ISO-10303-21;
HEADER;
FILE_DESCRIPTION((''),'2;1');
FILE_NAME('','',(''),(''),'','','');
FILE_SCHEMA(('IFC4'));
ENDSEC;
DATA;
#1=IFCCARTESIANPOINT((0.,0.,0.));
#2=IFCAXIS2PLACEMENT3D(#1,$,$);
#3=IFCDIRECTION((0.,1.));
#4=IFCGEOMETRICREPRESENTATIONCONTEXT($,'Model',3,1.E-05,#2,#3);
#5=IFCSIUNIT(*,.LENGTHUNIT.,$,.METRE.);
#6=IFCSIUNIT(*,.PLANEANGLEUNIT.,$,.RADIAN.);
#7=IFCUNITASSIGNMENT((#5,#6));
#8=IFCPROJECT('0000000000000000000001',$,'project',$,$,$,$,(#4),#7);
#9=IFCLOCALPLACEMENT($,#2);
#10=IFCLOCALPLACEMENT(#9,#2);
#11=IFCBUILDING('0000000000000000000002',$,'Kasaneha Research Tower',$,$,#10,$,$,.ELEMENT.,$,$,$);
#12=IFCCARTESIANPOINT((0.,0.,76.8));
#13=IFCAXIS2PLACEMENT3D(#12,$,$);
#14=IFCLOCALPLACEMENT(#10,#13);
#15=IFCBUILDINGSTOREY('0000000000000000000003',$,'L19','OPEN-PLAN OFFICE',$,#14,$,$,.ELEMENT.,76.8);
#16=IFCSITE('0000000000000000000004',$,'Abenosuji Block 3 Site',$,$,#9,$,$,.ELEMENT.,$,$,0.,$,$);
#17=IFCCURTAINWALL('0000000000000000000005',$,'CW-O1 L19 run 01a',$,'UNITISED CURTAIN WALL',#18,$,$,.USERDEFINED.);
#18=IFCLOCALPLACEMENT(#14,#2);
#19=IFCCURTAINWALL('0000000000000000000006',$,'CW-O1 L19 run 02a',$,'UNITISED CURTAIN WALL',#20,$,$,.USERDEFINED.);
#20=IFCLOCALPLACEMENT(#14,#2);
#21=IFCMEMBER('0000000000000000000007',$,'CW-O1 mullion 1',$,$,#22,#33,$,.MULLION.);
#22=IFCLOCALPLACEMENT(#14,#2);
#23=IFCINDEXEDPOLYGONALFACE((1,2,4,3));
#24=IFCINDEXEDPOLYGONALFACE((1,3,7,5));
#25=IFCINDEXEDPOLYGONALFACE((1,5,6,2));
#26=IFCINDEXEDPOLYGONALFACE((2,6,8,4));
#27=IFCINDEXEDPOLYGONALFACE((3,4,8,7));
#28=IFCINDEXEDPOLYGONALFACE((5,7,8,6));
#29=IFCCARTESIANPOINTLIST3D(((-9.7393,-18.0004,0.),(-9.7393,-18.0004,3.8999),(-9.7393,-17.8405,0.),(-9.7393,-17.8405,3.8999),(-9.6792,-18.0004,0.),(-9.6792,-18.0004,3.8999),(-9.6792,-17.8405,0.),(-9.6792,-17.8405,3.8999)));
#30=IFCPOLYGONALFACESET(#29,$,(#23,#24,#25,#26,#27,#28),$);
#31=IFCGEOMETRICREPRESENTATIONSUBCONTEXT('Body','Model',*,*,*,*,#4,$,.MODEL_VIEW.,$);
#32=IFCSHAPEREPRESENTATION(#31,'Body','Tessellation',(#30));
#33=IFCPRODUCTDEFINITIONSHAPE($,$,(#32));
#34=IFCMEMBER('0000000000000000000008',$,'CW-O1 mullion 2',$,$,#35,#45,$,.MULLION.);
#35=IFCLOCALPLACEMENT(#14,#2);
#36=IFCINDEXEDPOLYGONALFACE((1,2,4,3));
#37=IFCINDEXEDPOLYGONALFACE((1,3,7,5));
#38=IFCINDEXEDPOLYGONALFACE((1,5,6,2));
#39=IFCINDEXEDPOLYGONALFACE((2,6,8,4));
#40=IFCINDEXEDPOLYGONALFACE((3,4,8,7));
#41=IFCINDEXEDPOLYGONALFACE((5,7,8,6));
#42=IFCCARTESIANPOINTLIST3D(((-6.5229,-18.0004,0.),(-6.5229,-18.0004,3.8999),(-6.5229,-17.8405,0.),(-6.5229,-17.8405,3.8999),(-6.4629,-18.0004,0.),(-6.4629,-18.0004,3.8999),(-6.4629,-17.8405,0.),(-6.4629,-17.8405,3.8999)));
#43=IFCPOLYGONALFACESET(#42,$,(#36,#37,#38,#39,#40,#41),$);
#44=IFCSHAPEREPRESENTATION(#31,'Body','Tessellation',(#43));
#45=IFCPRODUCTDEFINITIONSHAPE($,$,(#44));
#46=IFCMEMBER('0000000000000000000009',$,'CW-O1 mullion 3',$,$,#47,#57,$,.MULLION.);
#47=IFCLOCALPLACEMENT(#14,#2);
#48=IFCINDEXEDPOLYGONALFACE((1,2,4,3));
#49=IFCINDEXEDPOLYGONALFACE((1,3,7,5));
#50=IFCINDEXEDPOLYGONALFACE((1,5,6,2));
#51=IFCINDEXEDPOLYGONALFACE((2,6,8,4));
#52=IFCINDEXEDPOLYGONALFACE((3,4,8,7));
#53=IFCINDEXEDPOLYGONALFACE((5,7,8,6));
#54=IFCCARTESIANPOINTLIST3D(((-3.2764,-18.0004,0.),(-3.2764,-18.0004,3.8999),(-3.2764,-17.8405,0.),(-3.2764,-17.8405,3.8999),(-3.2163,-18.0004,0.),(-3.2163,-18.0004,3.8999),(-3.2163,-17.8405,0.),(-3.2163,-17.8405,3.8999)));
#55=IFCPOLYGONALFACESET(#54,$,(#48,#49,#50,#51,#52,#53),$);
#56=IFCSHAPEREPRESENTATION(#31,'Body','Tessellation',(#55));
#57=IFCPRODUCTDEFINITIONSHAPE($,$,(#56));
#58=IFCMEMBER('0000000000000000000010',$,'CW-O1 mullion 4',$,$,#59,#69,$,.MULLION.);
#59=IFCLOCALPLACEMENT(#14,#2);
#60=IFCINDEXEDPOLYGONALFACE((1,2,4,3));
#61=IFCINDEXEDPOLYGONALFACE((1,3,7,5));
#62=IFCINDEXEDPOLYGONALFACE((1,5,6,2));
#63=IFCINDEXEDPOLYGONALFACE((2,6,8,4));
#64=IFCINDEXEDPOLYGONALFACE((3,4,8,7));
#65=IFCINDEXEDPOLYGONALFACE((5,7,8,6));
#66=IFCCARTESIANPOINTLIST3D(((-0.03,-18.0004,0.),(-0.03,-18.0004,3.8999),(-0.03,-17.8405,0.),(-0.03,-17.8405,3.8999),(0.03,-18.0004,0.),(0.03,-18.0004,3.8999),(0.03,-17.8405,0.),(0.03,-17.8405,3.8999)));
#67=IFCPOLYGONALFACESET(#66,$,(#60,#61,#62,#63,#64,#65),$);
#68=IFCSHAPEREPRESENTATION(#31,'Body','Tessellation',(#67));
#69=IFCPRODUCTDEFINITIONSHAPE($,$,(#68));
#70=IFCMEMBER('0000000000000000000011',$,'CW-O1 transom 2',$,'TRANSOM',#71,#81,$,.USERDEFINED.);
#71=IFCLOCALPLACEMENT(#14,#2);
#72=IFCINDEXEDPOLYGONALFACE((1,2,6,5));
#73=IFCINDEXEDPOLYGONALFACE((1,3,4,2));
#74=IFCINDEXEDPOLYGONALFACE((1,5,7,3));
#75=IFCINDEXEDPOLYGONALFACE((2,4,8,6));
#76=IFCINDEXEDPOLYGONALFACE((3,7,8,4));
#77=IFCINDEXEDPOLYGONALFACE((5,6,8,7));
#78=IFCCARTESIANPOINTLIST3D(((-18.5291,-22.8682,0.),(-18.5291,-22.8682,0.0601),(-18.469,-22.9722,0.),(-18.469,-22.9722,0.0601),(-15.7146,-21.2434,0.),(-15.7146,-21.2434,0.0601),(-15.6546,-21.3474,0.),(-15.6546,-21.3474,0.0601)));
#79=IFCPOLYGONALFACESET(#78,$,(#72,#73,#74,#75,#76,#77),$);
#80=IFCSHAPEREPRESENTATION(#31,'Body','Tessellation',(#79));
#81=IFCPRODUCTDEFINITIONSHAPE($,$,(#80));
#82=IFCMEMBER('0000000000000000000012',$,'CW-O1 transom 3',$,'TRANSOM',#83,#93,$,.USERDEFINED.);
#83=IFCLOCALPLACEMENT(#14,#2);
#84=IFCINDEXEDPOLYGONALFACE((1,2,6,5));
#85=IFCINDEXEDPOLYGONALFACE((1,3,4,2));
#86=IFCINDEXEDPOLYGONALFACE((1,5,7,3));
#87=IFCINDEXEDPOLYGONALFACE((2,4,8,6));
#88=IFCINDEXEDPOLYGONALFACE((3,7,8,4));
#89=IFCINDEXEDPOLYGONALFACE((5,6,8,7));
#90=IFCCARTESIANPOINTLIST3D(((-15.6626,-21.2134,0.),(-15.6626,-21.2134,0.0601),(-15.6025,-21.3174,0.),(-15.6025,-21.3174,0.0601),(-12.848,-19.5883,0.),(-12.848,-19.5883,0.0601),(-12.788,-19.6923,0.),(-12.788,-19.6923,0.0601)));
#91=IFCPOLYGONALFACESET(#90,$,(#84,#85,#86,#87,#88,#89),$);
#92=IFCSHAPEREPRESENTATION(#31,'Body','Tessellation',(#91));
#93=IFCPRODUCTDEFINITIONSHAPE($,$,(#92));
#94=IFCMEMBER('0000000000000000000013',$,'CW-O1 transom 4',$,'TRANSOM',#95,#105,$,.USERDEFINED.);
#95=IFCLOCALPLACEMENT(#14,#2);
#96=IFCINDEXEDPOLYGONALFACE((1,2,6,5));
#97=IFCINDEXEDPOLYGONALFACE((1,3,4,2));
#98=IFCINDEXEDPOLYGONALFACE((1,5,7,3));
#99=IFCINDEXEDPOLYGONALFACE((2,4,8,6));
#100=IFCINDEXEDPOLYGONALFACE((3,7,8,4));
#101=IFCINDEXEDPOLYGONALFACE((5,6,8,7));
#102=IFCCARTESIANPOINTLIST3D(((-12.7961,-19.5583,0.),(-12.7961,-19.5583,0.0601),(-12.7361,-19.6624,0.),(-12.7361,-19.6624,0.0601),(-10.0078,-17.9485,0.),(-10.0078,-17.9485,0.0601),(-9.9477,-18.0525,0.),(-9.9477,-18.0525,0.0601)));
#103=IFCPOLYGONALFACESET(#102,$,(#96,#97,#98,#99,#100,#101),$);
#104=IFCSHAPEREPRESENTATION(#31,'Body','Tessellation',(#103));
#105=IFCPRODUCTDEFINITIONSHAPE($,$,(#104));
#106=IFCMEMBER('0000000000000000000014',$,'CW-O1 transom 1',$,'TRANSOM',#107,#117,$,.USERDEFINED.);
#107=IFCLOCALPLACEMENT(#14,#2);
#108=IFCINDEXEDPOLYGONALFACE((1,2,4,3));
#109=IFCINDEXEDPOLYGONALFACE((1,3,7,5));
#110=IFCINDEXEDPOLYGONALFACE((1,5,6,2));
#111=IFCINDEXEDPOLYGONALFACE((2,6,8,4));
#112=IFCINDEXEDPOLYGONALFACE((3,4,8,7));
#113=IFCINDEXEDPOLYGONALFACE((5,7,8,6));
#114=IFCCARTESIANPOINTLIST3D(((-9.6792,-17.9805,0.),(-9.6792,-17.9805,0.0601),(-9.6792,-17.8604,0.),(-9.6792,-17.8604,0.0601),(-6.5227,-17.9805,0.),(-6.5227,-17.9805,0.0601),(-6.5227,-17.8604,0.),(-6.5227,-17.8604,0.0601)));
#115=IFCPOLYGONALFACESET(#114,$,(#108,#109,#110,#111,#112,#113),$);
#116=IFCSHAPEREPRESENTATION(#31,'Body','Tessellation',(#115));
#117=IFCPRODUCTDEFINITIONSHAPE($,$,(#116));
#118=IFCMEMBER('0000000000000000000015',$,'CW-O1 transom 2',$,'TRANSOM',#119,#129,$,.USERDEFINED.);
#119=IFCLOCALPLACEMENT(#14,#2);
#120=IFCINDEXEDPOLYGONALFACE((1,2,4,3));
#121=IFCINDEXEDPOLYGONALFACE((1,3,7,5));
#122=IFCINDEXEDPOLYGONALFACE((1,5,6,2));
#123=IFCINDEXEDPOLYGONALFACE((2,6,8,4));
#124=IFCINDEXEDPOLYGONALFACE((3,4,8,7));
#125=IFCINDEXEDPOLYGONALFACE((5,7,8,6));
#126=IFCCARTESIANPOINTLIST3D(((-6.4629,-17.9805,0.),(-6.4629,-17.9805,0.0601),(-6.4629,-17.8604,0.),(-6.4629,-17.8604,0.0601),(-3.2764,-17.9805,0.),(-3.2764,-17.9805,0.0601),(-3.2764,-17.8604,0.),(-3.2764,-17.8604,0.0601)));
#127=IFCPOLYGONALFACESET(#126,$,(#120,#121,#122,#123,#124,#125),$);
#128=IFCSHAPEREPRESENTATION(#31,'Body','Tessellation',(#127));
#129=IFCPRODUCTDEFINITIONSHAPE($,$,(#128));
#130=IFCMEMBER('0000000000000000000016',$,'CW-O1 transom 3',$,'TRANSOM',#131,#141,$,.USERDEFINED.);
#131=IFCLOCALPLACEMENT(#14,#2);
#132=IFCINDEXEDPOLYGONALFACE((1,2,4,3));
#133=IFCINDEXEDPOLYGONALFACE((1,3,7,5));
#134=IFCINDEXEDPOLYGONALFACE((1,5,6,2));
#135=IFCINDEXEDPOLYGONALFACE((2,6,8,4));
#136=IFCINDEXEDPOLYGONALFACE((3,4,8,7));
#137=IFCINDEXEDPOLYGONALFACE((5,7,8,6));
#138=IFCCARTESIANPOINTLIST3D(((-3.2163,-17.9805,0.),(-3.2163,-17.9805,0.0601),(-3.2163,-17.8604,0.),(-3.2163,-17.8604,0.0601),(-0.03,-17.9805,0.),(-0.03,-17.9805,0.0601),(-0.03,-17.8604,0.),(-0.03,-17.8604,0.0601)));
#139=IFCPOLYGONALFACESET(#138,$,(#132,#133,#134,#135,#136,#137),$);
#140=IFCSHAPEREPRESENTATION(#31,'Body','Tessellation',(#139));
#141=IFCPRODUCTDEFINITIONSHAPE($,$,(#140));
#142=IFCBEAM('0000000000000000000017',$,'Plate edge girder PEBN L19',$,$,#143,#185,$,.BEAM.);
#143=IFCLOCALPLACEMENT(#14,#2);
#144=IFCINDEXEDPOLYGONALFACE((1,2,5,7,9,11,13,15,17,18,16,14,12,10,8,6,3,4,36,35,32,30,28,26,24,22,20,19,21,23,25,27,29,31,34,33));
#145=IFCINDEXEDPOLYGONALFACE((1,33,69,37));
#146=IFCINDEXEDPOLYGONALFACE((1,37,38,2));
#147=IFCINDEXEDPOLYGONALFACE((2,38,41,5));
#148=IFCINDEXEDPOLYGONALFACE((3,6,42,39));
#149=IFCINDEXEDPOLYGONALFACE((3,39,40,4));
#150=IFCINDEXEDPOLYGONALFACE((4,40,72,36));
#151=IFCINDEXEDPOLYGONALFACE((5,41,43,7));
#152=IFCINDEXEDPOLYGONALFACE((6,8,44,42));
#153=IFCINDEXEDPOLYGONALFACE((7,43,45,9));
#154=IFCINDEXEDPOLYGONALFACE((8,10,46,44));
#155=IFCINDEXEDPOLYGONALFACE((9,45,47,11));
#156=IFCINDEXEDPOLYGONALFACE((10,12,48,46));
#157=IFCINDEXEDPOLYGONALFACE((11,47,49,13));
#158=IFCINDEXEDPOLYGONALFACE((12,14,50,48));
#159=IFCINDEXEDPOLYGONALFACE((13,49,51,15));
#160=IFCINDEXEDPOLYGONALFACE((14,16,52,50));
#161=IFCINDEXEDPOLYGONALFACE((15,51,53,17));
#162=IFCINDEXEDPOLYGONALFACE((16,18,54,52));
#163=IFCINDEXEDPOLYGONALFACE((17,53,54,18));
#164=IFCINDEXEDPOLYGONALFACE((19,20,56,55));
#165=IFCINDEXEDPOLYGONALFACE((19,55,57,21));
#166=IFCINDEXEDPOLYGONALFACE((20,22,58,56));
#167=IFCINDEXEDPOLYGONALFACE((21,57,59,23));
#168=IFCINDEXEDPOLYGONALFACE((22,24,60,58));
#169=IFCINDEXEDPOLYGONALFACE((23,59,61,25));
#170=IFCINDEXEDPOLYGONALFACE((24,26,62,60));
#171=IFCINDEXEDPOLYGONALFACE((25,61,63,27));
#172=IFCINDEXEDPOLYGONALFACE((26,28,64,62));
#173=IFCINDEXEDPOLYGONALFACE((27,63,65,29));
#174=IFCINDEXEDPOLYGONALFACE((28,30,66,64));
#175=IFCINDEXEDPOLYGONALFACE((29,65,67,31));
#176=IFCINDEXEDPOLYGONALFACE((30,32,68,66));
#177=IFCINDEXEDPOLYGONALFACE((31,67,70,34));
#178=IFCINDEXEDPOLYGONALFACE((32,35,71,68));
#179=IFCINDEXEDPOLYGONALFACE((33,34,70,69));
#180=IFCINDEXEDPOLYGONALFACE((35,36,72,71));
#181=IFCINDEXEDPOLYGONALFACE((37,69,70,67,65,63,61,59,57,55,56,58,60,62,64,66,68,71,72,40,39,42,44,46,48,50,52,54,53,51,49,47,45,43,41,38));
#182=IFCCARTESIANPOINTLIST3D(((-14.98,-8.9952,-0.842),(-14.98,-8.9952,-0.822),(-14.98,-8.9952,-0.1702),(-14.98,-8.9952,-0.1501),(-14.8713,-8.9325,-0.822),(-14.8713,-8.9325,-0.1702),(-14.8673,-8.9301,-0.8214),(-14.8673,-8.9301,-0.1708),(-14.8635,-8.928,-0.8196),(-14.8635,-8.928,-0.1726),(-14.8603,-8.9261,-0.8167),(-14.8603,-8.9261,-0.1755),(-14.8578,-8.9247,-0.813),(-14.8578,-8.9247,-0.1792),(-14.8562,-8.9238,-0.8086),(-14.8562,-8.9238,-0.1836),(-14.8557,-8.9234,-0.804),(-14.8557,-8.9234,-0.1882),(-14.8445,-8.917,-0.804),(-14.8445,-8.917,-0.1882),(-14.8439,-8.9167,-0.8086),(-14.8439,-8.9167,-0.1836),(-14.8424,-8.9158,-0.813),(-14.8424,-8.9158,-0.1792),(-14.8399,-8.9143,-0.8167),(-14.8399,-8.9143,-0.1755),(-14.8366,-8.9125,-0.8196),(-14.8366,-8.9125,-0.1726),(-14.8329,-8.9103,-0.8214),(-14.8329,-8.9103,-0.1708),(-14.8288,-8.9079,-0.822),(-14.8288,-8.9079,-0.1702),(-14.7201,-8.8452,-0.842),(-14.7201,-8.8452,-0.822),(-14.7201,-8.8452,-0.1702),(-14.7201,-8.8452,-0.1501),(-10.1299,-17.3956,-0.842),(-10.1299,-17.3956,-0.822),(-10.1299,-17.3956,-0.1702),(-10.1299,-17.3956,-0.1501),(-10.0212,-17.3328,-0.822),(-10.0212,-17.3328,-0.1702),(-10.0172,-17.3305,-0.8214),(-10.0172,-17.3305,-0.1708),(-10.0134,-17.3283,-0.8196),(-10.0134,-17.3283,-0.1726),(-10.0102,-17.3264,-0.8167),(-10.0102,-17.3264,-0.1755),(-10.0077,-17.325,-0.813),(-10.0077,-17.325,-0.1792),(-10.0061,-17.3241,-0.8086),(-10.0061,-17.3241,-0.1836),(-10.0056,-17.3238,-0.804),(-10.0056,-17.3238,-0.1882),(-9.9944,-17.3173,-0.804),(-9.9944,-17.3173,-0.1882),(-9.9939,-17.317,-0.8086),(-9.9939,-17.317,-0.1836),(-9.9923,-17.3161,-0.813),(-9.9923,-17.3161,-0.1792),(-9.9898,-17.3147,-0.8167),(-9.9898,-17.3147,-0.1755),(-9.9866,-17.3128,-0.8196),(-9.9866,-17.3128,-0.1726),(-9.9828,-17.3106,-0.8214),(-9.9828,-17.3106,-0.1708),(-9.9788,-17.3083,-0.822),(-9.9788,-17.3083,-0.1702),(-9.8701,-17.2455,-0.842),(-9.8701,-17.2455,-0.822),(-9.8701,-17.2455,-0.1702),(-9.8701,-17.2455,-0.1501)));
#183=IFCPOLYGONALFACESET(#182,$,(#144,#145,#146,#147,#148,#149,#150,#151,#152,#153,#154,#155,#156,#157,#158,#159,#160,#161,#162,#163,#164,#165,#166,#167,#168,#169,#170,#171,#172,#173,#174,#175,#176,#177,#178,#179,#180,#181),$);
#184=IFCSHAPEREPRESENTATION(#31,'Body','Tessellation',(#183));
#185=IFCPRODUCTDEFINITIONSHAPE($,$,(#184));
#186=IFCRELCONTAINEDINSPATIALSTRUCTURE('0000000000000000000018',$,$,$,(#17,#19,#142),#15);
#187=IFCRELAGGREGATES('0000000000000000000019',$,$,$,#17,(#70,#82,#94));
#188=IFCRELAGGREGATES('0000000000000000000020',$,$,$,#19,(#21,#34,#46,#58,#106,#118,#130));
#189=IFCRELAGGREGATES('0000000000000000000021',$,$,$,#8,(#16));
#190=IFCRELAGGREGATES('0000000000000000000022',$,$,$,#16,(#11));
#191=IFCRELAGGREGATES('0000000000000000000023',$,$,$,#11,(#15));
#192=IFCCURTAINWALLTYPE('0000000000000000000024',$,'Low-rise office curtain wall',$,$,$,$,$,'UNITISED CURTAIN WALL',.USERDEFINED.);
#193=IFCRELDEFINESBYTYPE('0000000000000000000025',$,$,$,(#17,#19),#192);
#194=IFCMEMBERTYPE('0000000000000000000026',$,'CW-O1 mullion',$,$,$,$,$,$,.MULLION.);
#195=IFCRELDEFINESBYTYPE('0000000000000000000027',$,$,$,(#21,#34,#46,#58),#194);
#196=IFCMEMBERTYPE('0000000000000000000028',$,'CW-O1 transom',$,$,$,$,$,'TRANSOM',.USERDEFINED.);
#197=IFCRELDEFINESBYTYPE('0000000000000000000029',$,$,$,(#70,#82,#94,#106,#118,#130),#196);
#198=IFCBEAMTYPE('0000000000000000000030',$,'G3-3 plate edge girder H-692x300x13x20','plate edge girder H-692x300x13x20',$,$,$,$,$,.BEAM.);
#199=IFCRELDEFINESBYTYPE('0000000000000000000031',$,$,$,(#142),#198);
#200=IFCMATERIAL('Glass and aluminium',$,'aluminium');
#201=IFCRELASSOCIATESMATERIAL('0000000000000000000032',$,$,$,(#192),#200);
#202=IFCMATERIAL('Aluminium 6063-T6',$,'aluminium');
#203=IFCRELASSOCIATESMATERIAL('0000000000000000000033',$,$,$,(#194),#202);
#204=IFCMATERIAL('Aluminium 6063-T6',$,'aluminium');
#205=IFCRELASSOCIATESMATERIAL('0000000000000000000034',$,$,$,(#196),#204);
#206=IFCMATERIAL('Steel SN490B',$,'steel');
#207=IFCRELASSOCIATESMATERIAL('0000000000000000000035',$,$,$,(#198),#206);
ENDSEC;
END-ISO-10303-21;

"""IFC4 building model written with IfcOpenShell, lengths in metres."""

from ifc_helpers import new_model, si_unit, direction, frame, origin, origin_2d, place, context, subcontext, project, spatial, rectangle, i_section, extrude, material, material_profile, profile_set, type_object, element, aggregate, save


model = new_model("IFC4")

# Units and contexts
model_context = context("Model", 3, precision=1e-05, world=origin(), true_north=direction((0.0, 1.0)))
body_context = subcontext(model_context, "Body", "Model", "MODEL_VIEW")
ifc_project = project(units=[si_unit("LENGTHUNIT", "METRE"), si_unit("PLANEANGLEUNIT", "RADIAN")], contexts=[model_context])

# Site, building, storey
site_placement = place(None, origin())
site = spatial("IfcSite", under=ifc_project, at=site_placement, Name="Abenosuji Block 3 Site", CompositionType="ELEMENT", RefElevation=0.0)
building_placement = place(site_placement, origin())
building = spatial("IfcBuilding", under=site, at=building_placement, Name="Kasaneha Research Tower", CompositionType="ELEMENT")
storey_placement = place(building_placement, frame((0.0, 0.0, 76.8)))
storey = spatial("IfcBuildingStorey", under=building, at=storey_placement, Name="L19", Description="OPEN-PLAN OFFICE", CompositionType="ELEMENT", Elevation=76.8)

# Curtain walls, members
ifc_material_1 = material(Name="Glass and aluminium", Category="aluminium")
curtain_wall_type = type_object("IfcCurtainWallType", Name="Low-rise office curtain wall", ElementType="UNITISED CURTAIN WALL", PredefinedType="USERDEFINED", material=ifc_material_1)
curtain_wall_1_placement = place(storey_placement, origin())
curtain_wall_1 = element("IfcCurtainWall", 1, at=curtain_wall_1_placement, inside=storey, type_object=curtain_wall_type, Name="CW-O1 L19 run 01a", ObjectType="UNITISED CURTAIN WALL", PredefinedType="USERDEFINED")
ifc_material_2 = material(Name="Aluminium 6063-T6", Category="aluminium")
ifc_material_profile_1 = material_profile(ifc_material_2, rectangle(XDim=0.0601, YDim=0.1599, at=origin_2d()), Name="CW-O1 mullion 60x160")
ifc_profile_set_1 = profile_set([ifc_material_profile_1], Name="Aluminium 6063-T6")
member_type_1 = type_object("IfcMemberType", Name="CW-O1 mullion", PredefinedType="MULLION", material=ifc_profile_set_1)
curtain_wall_2_placement = place(storey_placement, origin())
curtain_wall_2 = element("IfcCurtainWall", 2, at=curtain_wall_2_placement, inside=storey, type_object=curtain_wall_type, Name="CW-O1 L19 run 02a", ObjectType="UNITISED CURTAIN WALL", PredefinedType="USERDEFINED")
member_1_placement = place(storey_placement, frame((-9.7092, -17.9204, 0.0), z_axis=(0.0, 0.0, 1.0), x_axis=(1.0, 0.0, 0.0)))
member_1 = element("IfcMember", 3, at=member_1_placement, type_object=member_type_1, Name="CW-O1 mullion 1", PredefinedType="MULLION", context=body_context, shape_type="SweptSolid", body=[
    extrude(rectangle(XDim=0.0601, YDim=0.1599, at=origin_2d()), origin(), (0.0, 0.0, 1.0), 3.8999),
])
member_2_placement = place(storey_placement, frame((-6.4929, -17.9204, 0.0), z_axis=(0.0, 0.0, 1.0), x_axis=(1.0, 0.0, 0.0)))
member_2 = element("IfcMember", 4, at=member_2_placement, type_object=member_type_1, Name="CW-O1 mullion 2", PredefinedType="MULLION", context=body_context, shape_type="SweptSolid", body=[
    extrude(rectangle(XDim=0.0601, YDim=0.1599, at=origin_2d()), origin(), (0.0, 0.0, 1.0), 3.8999),
])
member_3_placement = place(storey_placement, frame((-3.2463, -17.9204, 0.0), z_axis=(0.0, 0.0, 1.0), x_axis=(1.0, 0.0, 0.0)))
member_3 = element("IfcMember", 5, at=member_3_placement, type_object=member_type_1, Name="CW-O1 mullion 3", PredefinedType="MULLION", context=body_context, shape_type="SweptSolid", body=[
    extrude(rectangle(XDim=0.0601, YDim=0.1599, at=origin_2d()), origin(), (0.0, 0.0, 1.0), 3.8999),
])
member_4_placement = place(storey_placement, frame((0.0, -17.9204, 0.0), z_axis=(0.0, 0.0, 1.0), x_axis=(1.0, 0.0, 0.0)))
member_4 = element("IfcMember", 6, at=member_4_placement, type_object=member_type_1, Name="CW-O1 mullion 4", PredefinedType="MULLION", context=body_context, shape_type="SweptSolid", body=[
    extrude(rectangle(XDim=0.0601, YDim=0.1599, at=origin_2d()), origin(), (0.0, 0.0, 1.0), 3.8999),
])

# Members
ifc_material_3 = material(Name="Aluminium 6063-T6", Category="aluminium")
ifc_material_profile_2 = material_profile(ifc_material_3, rectangle(XDim=0.1201, YDim=0.0601, at=origin_2d()), Name="CW-O1 transom 120x60")
ifc_profile_set_2 = profile_set([ifc_material_profile_2], Name="Aluminium 6063-T6")
member_type_2 = type_object("IfcMemberType", Name="CW-O1 transom", ElementType="TRANSOM", PredefinedType="USERDEFINED", material=ifc_profile_set_2)
member_5_placement = place(storey_placement, frame((-18.499, -22.9202, 0.03), z_axis=(0.866048, 0.499961, 0.0), x_axis=(-0.499961, 0.866048, 0.0)))
member_5 = element("IfcMember", 7, at=member_5_placement, type_object=member_type_2, Name="CW-O1 transom 2", ObjectType="TRANSOM", PredefinedType="USERDEFINED", context=body_context, shape_type="SweptSolid", body=[
    extrude(rectangle(XDim=0.1201, YDim=0.0601, at=origin_2d()), origin(), (0.0, 0.0, 1.0), 3.2498),
])
member_6_placement = place(storey_placement, frame((-15.6326, -21.2654, 0.03), z_axis=(0.866015, 0.500017, 0.0), x_axis=(-0.500017, 0.866015, 0.0)))
member_6 = element("IfcMember", 8, at=member_6_placement, type_object=member_type_2, Name="CW-O1 transom 3", ObjectType="TRANSOM", PredefinedType="USERDEFINED", context=body_context, shape_type="SweptSolid", body=[
    extrude(rectangle(XDim=0.1201, YDim=0.0601, at=origin_2d()), origin(), (0.0, 0.0, 1.0), 3.25),
])
member_7_placement = place(storey_placement, frame((-12.7661, -19.6104, 0.03), z_axis=(0.866023, 0.500005, 0.0), x_axis=(-0.500005, 0.866023, 0.0)))
member_7 = element("IfcMember", 9, at=member_7_placement, type_object=member_type_2, Name="CW-O1 transom 4", ObjectType="TRANSOM", PredefinedType="USERDEFINED", context=body_context, shape_type="SweptSolid", body=[
    extrude(rectangle(XDim=0.1201, YDim=0.0601, at=origin_2d()), origin(), (0.0, 0.0, 1.0), 3.2197),
])
member_8_placement = place(storey_placement, frame((-9.6792, -17.9204, 0.03), z_axis=(1.0, 0.0, 0.0), x_axis=(0.0, 1.0, 0.0)))
member_8 = element("IfcMember", 10, at=member_8_placement, type_object=member_type_2, Name="CW-O1 transom 1", ObjectType="TRANSOM", PredefinedType="USERDEFINED", context=body_context, shape_type="SweptSolid", body=[
    extrude(rectangle(XDim=0.1201, YDim=0.0601, at=origin_2d()), origin(), (0.0, 0.0, 1.0), 3.1565),
])
member_9_placement = place(storey_placement, frame((-6.4629, -17.9204, 0.03), z_axis=(1.0, 0.0, 0.0), x_axis=(0.0, 1.0, 0.0)))
member_9 = element("IfcMember", 11, at=member_9_placement, type_object=member_type_2, Name="CW-O1 transom 2", ObjectType="TRANSOM", PredefinedType="USERDEFINED", context=body_context, shape_type="SweptSolid", body=[
    extrude(rectangle(XDim=0.1201, YDim=0.0601, at=origin_2d()), origin(), (0.0, 0.0, 1.0), 3.1865),
])
member_10_placement = place(storey_placement, frame((-3.2163, -17.9204, 0.03), z_axis=(1.0, 0.0, 0.0), x_axis=(0.0, 1.0, 0.0)))
member_10 = element("IfcMember", 12, at=member_10_placement, type_object=member_type_2, Name="CW-O1 transom 3", ObjectType="TRANSOM", PredefinedType="USERDEFINED", context=body_context, shape_type="SweptSolid", body=[
    extrude(rectangle(XDim=0.1201, YDim=0.0601, at=origin_2d()), origin(), (0.0, 0.0, 1.0), 3.1863),
])

# Beam
ifc_material_4 = material(Name="Steel SN490B", Category="steel")
ifc_material_profile_3 = material_profile(ifc_material_4, i_section(OverallWidth=0.3, OverallDepth=0.6919, WebThickness=0.0129, FlangeThickness=0.02, FilletRadius=0.0181, at=origin_2d()), Name="H-692x300x13x20")
ifc_profile_set_3 = profile_set([ifc_material_profile_3], Name="Steel SN490B")
beam_type_1 = type_object("IfcBeamType", Name="G3-3 plate edge girder H-692x300x13x20", Description="plate edge girder H-692x300x13x20", PredefinedType="BEAM", material=ifc_profile_set_3)
beam_1_placement = place(storey_placement, frame((-10.0, -17.3206, -0.4961), z_axis=(-0.50001, 0.86602, 0.0), x_axis=(-0.86602, -0.50001, 0.0)))
element("IfcBeam", 13, at=beam_1_placement, inside=storey, type_object=beam_type_1, Name="Plate edge girder PEBN L19", PredefinedType="BEAM", context=body_context, shape_type="SweptSolid", body=[
    extrude(i_section(OverallWidth=0.3, OverallDepth=0.6919, WebThickness=0.0129, FlangeThickness=0.02, FilletRadius=0.0181, at=origin_2d()), origin(), (0.0, 0.0, 1.0), 9.7),
])

aggregate(curtain_wall_1, [member_5, member_6, member_7])
aggregate(curtain_wall_2, [member_1, member_2, member_3, member_4, member_8, member_9, member_10])

save(model, "model.ifc")
